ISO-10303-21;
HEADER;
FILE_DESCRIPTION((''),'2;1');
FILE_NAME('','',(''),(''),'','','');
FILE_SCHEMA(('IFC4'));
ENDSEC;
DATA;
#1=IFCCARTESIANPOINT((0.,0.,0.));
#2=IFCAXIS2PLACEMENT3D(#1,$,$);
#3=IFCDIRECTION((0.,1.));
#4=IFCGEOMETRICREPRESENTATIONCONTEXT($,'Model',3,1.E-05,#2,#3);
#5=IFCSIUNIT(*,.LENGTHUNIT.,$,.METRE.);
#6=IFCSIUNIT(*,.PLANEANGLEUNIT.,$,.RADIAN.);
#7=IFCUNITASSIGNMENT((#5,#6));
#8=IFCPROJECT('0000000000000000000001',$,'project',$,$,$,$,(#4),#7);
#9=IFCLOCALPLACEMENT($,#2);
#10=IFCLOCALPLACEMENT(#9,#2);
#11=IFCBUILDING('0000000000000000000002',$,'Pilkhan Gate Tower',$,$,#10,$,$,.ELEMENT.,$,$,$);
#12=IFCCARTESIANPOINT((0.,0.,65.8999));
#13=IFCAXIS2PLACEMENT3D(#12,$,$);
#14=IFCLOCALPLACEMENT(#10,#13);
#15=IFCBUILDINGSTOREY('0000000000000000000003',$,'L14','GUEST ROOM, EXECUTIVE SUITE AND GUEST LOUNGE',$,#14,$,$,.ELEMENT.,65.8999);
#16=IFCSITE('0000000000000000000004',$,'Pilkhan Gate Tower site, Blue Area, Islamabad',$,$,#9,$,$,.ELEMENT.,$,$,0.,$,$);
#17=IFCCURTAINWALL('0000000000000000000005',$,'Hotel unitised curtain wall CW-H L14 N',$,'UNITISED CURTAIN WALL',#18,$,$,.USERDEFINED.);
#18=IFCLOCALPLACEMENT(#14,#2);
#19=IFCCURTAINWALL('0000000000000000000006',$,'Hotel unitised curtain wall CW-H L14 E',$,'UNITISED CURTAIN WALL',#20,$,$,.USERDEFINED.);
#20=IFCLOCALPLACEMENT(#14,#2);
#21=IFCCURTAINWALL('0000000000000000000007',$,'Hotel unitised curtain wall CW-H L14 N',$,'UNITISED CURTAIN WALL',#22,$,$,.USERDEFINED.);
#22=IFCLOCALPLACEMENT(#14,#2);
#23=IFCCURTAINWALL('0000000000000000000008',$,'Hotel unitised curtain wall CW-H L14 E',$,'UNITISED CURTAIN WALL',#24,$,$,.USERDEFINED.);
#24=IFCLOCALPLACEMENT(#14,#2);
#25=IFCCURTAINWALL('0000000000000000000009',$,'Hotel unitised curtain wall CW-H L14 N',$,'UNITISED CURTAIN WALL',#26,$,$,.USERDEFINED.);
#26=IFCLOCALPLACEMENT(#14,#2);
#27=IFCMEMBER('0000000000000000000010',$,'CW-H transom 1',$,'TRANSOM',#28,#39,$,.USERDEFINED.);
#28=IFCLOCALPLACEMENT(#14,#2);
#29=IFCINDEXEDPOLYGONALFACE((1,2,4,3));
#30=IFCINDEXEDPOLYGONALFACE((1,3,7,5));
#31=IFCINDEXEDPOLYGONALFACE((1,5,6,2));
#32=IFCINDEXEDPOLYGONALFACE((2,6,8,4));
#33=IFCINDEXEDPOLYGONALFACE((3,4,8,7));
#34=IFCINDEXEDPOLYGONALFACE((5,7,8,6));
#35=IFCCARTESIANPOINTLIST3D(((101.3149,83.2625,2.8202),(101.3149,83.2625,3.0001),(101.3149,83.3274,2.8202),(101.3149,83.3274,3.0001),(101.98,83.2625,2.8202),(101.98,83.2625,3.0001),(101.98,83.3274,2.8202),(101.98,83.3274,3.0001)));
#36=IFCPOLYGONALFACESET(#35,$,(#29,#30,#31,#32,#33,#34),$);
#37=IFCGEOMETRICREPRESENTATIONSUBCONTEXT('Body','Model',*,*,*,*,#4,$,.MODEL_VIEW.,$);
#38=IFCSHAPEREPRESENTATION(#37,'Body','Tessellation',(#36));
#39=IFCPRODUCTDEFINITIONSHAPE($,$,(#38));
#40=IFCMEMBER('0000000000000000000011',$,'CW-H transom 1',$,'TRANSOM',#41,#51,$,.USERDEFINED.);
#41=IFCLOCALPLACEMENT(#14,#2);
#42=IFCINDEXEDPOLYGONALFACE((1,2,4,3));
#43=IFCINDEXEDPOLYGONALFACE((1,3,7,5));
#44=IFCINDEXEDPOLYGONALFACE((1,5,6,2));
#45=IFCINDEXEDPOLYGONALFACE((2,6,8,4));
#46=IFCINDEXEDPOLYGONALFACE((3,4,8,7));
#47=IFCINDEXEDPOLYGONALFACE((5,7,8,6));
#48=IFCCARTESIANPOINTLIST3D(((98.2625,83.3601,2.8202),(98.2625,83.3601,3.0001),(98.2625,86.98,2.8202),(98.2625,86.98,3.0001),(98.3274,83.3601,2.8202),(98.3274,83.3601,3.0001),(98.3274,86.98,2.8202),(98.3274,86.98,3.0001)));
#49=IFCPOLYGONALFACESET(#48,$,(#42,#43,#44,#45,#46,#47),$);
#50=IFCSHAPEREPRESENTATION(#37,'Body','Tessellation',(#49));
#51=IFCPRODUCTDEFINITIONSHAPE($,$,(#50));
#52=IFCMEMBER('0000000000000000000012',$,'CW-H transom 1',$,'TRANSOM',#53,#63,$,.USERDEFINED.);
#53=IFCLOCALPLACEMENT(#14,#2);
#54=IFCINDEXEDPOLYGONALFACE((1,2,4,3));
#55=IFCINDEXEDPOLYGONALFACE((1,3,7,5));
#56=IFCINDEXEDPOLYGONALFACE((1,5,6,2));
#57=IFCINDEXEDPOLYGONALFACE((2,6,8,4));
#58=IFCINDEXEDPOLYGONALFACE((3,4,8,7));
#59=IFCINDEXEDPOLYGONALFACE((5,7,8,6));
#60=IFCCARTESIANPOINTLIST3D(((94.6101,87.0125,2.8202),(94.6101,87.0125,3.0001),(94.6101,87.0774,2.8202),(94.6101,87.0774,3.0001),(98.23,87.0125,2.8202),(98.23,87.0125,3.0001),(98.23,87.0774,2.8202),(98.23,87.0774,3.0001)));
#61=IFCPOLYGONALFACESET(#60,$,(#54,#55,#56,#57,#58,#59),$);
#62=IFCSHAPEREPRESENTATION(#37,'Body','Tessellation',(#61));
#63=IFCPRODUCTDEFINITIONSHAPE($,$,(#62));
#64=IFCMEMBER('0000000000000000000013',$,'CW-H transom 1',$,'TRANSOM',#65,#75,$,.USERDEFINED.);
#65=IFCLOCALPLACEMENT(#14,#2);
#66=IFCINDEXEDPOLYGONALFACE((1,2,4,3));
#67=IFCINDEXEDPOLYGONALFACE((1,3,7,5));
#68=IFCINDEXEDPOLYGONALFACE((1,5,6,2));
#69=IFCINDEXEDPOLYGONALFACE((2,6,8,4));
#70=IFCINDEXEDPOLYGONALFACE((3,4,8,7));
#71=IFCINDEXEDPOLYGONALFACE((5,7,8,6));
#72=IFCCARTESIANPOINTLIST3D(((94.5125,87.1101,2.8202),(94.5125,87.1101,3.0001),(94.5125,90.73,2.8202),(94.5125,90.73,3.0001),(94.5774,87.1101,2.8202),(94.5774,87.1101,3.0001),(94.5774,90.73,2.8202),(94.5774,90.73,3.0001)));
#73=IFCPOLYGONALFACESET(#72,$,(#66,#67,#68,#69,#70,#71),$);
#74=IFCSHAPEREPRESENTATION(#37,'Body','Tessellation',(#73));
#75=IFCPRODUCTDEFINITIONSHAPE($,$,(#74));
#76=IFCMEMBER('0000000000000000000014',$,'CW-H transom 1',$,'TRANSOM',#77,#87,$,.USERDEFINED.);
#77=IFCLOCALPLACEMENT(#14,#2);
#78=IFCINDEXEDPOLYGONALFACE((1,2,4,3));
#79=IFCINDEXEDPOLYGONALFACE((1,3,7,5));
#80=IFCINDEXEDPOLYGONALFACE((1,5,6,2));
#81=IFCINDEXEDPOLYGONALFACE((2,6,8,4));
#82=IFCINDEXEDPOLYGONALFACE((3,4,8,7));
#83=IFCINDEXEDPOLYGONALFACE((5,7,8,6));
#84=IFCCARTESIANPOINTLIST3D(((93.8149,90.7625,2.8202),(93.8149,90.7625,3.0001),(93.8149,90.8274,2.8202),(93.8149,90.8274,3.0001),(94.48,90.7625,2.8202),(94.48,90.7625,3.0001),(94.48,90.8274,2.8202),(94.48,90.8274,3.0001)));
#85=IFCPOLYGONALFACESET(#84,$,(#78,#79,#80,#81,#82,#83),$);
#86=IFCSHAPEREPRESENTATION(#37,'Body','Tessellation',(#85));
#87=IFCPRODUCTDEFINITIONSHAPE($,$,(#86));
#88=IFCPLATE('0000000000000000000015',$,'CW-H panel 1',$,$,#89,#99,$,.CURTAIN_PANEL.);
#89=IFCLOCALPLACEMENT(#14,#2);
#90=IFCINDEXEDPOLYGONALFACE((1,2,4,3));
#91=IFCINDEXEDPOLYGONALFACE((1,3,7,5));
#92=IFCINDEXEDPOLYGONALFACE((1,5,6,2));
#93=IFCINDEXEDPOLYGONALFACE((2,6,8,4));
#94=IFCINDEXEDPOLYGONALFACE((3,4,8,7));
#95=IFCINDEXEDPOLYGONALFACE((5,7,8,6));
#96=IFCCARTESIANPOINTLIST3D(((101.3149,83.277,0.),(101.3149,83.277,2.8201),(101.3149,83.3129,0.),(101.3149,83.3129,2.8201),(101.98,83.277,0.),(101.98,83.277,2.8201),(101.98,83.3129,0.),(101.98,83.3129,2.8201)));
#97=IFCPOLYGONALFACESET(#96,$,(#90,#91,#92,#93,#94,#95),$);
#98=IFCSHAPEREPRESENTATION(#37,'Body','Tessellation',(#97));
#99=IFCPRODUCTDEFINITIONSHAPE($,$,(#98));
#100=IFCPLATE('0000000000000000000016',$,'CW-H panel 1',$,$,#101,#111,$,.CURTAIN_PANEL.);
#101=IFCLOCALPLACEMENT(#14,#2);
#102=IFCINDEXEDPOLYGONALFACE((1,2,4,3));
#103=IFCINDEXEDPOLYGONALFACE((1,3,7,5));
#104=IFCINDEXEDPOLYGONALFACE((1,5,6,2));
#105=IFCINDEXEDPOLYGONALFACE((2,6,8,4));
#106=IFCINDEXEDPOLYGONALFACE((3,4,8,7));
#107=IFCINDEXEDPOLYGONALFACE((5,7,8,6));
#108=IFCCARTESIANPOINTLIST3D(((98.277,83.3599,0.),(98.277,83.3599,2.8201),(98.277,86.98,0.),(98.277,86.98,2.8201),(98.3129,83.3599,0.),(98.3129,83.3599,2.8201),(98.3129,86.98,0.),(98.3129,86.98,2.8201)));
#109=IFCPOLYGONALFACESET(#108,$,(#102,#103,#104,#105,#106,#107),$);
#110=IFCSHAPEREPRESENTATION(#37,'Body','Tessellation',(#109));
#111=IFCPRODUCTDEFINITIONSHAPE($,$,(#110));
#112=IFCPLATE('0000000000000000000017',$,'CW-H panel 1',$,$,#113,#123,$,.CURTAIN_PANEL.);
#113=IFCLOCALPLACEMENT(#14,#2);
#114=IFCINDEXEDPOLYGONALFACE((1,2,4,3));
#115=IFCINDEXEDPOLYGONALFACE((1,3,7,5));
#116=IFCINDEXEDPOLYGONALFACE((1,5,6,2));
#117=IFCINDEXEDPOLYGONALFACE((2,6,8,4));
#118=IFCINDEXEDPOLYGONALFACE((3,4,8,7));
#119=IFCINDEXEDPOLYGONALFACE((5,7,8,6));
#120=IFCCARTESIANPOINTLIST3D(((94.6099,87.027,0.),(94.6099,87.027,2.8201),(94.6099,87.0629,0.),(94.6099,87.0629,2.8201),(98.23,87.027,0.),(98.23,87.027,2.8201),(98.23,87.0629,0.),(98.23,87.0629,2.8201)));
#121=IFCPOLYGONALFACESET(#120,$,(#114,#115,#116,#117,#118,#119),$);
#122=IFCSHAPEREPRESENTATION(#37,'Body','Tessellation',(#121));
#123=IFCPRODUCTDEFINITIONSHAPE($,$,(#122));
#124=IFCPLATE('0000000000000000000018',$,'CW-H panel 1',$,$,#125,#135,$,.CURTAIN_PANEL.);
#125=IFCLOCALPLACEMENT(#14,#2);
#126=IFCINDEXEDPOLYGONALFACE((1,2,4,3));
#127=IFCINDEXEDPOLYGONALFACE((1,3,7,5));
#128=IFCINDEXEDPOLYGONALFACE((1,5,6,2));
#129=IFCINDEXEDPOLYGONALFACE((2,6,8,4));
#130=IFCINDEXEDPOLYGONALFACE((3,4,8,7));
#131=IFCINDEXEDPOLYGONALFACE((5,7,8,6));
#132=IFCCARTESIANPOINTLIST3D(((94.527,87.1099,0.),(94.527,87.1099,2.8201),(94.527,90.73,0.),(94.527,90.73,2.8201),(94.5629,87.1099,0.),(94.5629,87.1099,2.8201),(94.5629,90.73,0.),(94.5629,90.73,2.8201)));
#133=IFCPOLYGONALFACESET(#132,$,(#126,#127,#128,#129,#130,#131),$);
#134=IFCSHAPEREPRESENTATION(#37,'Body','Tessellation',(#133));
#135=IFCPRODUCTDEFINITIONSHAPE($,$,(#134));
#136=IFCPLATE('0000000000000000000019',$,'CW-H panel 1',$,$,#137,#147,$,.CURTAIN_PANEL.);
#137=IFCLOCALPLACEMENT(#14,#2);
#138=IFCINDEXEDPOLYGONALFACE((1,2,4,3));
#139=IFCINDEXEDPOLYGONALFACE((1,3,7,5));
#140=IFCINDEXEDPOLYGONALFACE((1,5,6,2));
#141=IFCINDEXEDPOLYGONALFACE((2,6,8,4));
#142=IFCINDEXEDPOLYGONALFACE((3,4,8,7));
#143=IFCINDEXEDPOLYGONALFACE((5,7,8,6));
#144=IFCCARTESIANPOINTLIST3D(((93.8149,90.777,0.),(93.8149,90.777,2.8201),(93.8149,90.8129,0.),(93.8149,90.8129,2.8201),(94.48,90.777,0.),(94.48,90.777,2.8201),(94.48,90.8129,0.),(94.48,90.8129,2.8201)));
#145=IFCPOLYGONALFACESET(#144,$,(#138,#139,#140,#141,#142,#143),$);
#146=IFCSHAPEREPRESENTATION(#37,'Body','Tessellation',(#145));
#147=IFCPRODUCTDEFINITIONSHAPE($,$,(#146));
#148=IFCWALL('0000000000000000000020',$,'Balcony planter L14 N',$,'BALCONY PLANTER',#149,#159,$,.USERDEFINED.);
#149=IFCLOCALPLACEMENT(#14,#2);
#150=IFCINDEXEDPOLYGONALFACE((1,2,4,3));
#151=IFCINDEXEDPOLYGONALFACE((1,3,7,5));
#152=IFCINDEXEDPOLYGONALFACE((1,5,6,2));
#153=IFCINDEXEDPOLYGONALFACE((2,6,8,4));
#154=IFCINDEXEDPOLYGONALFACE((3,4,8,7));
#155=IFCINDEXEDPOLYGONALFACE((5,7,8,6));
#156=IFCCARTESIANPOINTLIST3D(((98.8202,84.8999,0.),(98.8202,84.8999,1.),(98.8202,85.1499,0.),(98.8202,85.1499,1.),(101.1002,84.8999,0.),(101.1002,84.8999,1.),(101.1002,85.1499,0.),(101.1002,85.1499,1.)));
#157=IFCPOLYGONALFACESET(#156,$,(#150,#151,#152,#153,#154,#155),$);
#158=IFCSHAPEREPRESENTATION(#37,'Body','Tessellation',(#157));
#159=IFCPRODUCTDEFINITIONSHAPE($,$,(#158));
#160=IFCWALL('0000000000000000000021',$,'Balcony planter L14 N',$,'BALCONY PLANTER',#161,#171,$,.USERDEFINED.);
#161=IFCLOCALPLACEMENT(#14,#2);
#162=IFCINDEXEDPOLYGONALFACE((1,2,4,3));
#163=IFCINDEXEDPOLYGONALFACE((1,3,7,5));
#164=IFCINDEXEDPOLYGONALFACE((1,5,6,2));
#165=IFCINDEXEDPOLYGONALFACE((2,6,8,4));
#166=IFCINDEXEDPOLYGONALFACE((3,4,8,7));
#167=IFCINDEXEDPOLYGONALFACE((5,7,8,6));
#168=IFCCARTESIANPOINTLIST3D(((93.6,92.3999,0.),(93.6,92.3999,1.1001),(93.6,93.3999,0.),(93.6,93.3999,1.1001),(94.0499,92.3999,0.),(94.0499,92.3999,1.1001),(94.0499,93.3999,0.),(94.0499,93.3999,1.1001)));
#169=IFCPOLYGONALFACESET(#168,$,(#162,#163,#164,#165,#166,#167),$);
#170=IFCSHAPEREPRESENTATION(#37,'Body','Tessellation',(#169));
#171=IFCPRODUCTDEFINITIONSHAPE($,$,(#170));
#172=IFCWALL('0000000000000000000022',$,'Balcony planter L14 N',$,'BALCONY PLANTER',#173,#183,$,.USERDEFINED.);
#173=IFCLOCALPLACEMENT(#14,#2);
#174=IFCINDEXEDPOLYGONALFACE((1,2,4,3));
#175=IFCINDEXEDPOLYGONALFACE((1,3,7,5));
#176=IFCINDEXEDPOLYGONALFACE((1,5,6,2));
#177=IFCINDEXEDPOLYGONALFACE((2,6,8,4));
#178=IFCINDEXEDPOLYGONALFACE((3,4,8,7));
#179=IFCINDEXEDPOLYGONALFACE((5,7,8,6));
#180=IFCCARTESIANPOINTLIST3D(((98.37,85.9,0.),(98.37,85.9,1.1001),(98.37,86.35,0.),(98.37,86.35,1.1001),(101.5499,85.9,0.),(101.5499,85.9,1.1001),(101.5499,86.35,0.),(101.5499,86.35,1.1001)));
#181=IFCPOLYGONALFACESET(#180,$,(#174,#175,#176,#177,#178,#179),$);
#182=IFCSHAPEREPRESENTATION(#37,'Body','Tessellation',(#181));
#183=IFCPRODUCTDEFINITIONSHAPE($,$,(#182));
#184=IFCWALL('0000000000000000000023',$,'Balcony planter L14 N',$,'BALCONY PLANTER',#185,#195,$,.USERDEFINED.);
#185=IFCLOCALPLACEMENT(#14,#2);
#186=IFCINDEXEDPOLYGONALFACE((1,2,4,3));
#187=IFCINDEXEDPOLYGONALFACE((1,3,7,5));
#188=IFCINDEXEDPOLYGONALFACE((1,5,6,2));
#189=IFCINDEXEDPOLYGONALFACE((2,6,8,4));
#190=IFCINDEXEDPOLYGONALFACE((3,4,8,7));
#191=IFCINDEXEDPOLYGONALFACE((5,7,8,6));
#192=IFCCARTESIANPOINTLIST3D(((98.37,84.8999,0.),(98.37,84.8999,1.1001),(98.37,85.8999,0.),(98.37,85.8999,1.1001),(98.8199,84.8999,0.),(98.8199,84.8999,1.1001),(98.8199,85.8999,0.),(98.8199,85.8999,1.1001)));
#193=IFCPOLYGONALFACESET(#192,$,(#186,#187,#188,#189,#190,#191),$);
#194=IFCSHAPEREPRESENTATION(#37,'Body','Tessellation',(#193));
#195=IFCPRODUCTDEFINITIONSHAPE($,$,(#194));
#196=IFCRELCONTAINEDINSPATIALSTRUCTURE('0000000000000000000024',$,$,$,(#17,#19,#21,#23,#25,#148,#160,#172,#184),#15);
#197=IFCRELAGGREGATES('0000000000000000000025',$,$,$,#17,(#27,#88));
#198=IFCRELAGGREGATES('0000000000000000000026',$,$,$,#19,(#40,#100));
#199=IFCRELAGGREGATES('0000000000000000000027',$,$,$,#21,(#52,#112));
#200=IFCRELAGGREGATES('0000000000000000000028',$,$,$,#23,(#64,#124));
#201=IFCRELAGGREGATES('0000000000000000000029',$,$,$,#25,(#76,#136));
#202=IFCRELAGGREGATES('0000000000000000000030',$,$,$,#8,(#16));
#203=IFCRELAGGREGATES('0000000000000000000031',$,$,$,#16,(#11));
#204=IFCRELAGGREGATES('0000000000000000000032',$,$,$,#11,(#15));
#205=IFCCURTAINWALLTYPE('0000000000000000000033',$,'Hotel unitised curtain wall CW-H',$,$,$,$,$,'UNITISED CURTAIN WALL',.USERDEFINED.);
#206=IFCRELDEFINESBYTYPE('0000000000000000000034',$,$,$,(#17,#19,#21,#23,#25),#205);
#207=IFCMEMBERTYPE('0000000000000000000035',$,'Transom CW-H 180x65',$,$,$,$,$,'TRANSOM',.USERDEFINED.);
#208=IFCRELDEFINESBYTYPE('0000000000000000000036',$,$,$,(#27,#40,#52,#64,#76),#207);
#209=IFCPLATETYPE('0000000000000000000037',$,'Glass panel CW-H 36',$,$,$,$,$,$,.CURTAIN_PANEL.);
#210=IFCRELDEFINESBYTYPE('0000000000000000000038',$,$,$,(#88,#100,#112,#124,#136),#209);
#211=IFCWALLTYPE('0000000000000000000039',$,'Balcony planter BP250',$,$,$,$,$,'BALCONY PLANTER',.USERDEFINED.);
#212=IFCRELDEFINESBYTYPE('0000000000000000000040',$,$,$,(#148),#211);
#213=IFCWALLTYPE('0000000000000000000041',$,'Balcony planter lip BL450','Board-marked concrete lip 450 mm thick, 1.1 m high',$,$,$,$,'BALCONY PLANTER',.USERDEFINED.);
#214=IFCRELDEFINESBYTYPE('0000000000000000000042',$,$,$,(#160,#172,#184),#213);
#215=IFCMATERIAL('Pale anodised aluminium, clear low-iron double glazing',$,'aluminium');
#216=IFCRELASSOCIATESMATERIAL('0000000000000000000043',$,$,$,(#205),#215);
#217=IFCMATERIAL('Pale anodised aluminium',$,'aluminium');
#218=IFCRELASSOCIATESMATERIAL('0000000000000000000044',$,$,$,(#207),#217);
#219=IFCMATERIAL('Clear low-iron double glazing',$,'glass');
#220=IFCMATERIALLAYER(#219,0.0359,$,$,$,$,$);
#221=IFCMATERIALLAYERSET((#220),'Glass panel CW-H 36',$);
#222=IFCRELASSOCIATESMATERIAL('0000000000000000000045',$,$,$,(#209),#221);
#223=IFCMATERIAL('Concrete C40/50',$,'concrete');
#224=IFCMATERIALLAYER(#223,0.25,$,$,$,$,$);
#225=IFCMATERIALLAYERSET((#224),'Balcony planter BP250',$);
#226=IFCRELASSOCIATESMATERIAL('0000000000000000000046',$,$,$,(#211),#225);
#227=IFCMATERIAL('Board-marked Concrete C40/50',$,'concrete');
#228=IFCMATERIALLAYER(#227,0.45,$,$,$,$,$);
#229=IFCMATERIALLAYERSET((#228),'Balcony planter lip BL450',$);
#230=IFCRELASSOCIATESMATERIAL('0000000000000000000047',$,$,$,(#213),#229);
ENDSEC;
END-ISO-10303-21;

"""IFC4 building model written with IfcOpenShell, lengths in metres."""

from ifc_helpers import new_model, si_unit, direction, frame, frame_2d, origin, origin_2d, place, context, subcontext, project, spatial, rectangle, extrude, material, layer, layer_set, material_profile, profile_set, type_object, element, aggregate, save


model = new_model("IFC4")

# Units and contexts
model_context = context("Model", 3, precision=1e-05, world=origin(), true_north=direction((0.0, 1.0)))
body_context = subcontext(model_context, "Body", "Model", "MODEL_VIEW")
ifc_project = project(units=[si_unit("LENGTHUNIT", "METRE"), si_unit("PLANEANGLEUNIT", "RADIAN")], contexts=[model_context])

# Site, building, storey
site_placement = place(None, origin())
site = spatial("IfcSite", under=ifc_project, at=site_placement, Name="Pilkhan Gate Tower site, Blue Area, Islamabad", CompositionType="ELEMENT", RefElevation=0.0)
building_placement = place(site_placement, origin())
building = spatial("IfcBuilding", under=site, at=building_placement, Name="Pilkhan Gate Tower", CompositionType="ELEMENT")
storey_placement = place(building_placement, frame((0.0, 0.0, 65.8999)))
storey = spatial("IfcBuildingStorey", under=building, at=storey_placement, Name="L14", Description="GUEST ROOM, EXECUTIVE SUITE AND GUEST LOUNGE", CompositionType="ELEMENT", Elevation=65.8999)

# Curtain wall
ifc_material_1 = material(Name="Pale anodised aluminium, clear low-iron double glazing", Category="aluminium")
curtain_wall_type = type_object("IfcCurtainWallType", Name="Hotel unitised curtain wall CW-H", ElementType="UNITISED CURTAIN WALL", PredefinedType="USERDEFINED", material=ifc_material_1)
curtain_wall_1_placement = place(storey_placement, origin())
curtain_wall_1 = element("IfcCurtainWall", 1, at=curtain_wall_1_placement, inside=storey, type_object=curtain_wall_type, Name="Hotel unitised curtain wall CW-H L14 N", ObjectType="UNITISED CURTAIN WALL", PredefinedType="USERDEFINED")
ifc_material_2 = material(Name="Pale anodised aluminium", Category="aluminium")

# Curtain walls
curtain_wall_2_placement = place(storey_placement, origin())
curtain_wall_2 = element("IfcCurtainWall", 2, at=curtain_wall_2_placement, inside=storey, type_object=curtain_wall_type, Name="Hotel unitised curtain wall CW-H L14 E", ObjectType="UNITISED CURTAIN WALL", PredefinedType="USERDEFINED")
curtain_wall_3_placement = place(storey_placement, origin())
curtain_wall_3 = element("IfcCurtainWall", 3, at=curtain_wall_3_placement, inside=storey, type_object=curtain_wall_type, Name="Hotel unitised curtain wall CW-H L14 N", ObjectType="UNITISED CURTAIN WALL", PredefinedType="USERDEFINED")
curtain_wall_4_placement = place(storey_placement, origin())
curtain_wall_4 = element("IfcCurtainWall", 4, at=curtain_wall_4_placement, inside=storey, type_object=curtain_wall_type, Name="Hotel unitised curtain wall CW-H L14 E", ObjectType="UNITISED CURTAIN WALL", PredefinedType="USERDEFINED")
curtain_wall_5_placement = place(storey_placement, origin())
curtain_wall_5 = element("IfcCurtainWall", 5, at=curtain_wall_5_placement, inside=storey, type_object=curtain_wall_type, Name="Hotel unitised curtain wall CW-H L14 N", ObjectType="UNITISED CURTAIN WALL", PredefinedType="USERDEFINED")

# Members
ifc_material_profile_1 = material_profile(ifc_material_2, rectangle(XDim=0.0649, YDim=0.1799, at=origin_2d()), Name="Transom 180x65")
ifc_profile_set_1 = profile_set([ifc_material_profile_1], Name="Pale anodised aluminium")
member_type_1 = type_object("IfcMemberType", Name="Transom CW-H 180x65", ElementType="TRANSOM", PredefinedType="USERDEFINED", material=ifc_profile_set_1)
member_1_placement = place(storey_placement, frame((101.3149, 83.2949, 2.9102), z_axis=(1.0, 0.0, 0.0), x_axis=(0.0, 1.0, 0.0)))
member_1 = element("IfcMember", 6, at=member_1_placement, type_object=member_type_1, Name="CW-H transom 1", ObjectType="TRANSOM", PredefinedType="USERDEFINED", context=body_context, shape_type="SweptSolid", body=[
    extrude(rectangle(XDim=0.0649, YDim=0.1799, at=origin_2d()), origin(), (0.0, 0.0, 1.0), 0.665),
])
member_2_placement = place(storey_placement, frame((98.2949, 83.3601, 2.9102), z_axis=(0.0, 1.0, 0.0), x_axis=(-1.0, 0.0, 0.0)))
member_2 = element("IfcMember", 7, at=member_2_placement, type_object=member_type_1, Name="CW-H transom 1", ObjectType="TRANSOM", PredefinedType="USERDEFINED", context=body_context, shape_type="SweptSolid", body=[
    extrude(rectangle(XDim=0.0649, YDim=0.1799, at=origin_2d()), origin(), (0.0, 0.0, 1.0), 3.6199),
])
member_3_placement = place(storey_placement, frame((94.6101, 87.0449, 2.9102), z_axis=(1.0, 0.0, 0.0), x_axis=(0.0, 1.0, 0.0)))
member_3 = element("IfcMember", 8, at=member_3_placement, type_object=member_type_1, Name="CW-H transom 1", ObjectType="TRANSOM", PredefinedType="USERDEFINED", context=body_context, shape_type="SweptSolid", body=[
    extrude(rectangle(XDim=0.0649, YDim=0.1799, at=origin_2d()), origin(), (0.0, 0.0, 1.0), 3.6199),
])
member_4_placement = place(storey_placement, frame((94.5449, 87.1101, 2.9102), z_axis=(0.0, 1.0, 0.0), x_axis=(-1.0, 0.0, 0.0)))
member_4 = element("IfcMember", 9, at=member_4_placement, type_object=member_type_1, Name="CW-H transom 1", ObjectType="TRANSOM", PredefinedType="USERDEFINED", context=body_context, shape_type="SweptSolid", body=[
    extrude(rectangle(XDim=0.0649, YDim=0.1799, at=origin_2d()), origin(), (0.0, 0.0, 1.0), 3.6199),
])
member_5_placement = place(storey_placement, frame((93.8149, 90.7949, 2.9102), z_axis=(1.0, 0.0, 0.0), x_axis=(0.0, 1.0, 0.0)))
member_5 = element("IfcMember", 10, at=member_5_placement, type_object=member_type_1, Name="CW-H transom 1", ObjectType="TRANSOM", PredefinedType="USERDEFINED", context=body_context, shape_type="SweptSolid", body=[
    extrude(rectangle(XDim=0.0649, YDim=0.1799, at=origin_2d()), origin(), (0.0, 0.0, 1.0), 0.665),
])

# Plates
ifc_material_3 = material(Name="Clear low-iron double glazing", Category="glass")
ifc_layer_1 = layer(ifc_material_3, 0.0359)
ifc_layer_set_1 = layer_set([ifc_layer_1], Name="Glass panel CW-H 36")
plate_type = type_object("IfcPlateType", Name="Glass panel CW-H 36", PredefinedType="CURTAIN_PANEL", material=ifc_layer_set_1)
plate_1_placement = place(storey_placement, frame((101.6475, 83.2949, 0.0), z_axis=(0.0, 0.0, 1.0), x_axis=(1.0, 0.0, 0.0)))
plate_1 = element("IfcPlate", 11, at=plate_1_placement, type_object=plate_type, Name="CW-H panel 1", PredefinedType="CURTAIN_PANEL", context=body_context, shape_type="SweptSolid", body=[
    extrude(rectangle(XDim=0.665, YDim=0.0359, at=origin_2d()), origin(), (0.0, 0.0, 1.0), 2.8201),
])
aggregate(curtain_wall_1, [member_1, plate_1])
plate_2_placement = place(storey_placement, frame((98.2949, 85.1699, 0.0), z_axis=(0.0, 0.0, 1.0), x_axis=(0.0, 1.0, 0.0)))
plate_2 = element("IfcPlate", 12, at=plate_2_placement, type_object=plate_type, Name="CW-H panel 1", PredefinedType="CURTAIN_PANEL", context=body_context, shape_type="SweptSolid", body=[
    extrude(rectangle(XDim=3.6201, YDim=0.0359, at=origin_2d()), origin(), (0.0, 0.0, 1.0), 2.8201),
])
aggregate(curtain_wall_2, [member_2, plate_2])
plate_3_placement = place(storey_placement, frame((96.4199, 87.0449, 0.0), z_axis=(0.0, 0.0, 1.0), x_axis=(1.0, 0.0, 0.0)))
plate_3 = element("IfcPlate", 13, at=plate_3_placement, type_object=plate_type, Name="CW-H panel 1", PredefinedType="CURTAIN_PANEL", context=body_context, shape_type="SweptSolid", body=[
    extrude(rectangle(XDim=3.6201, YDim=0.0359, at=origin_2d()), origin(), (0.0, 0.0, 1.0), 2.8201),
])
aggregate(curtain_wall_3, [member_3, plate_3])
plate_4_placement = place(storey_placement, frame((94.5449, 88.9199, 0.0), z_axis=(0.0, 0.0, 1.0), x_axis=(0.0, 1.0, 0.0)))
plate_4 = element("IfcPlate", 14, at=plate_4_placement, type_object=plate_type, Name="CW-H panel 1", PredefinedType="CURTAIN_PANEL", context=body_context, shape_type="SweptSolid", body=[
    extrude(rectangle(XDim=3.6201, YDim=0.0359, at=origin_2d()), origin(), (0.0, 0.0, 1.0), 2.8201),
])
aggregate(curtain_wall_4, [member_4, plate_4])
plate_5_placement = place(storey_placement, frame((94.1475, 90.7949, 0.0), z_axis=(0.0, 0.0, 1.0), x_axis=(1.0, 0.0, 0.0)))
plate_5 = element("IfcPlate", 15, at=plate_5_placement, type_object=plate_type, Name="CW-H panel 1", PredefinedType="CURTAIN_PANEL", context=body_context, shape_type="SweptSolid", body=[
    extrude(rectangle(XDim=0.665, YDim=0.0359, at=origin_2d()), origin(), (0.0, 0.0, 1.0), 2.8201),
])
aggregate(curtain_wall_5, [member_5, plate_5])

# Walls
ifc_material_4 = material(Name="Concrete C40/50", Category="concrete")
ifc_layer_2 = layer(ifc_material_4, 0.25)
ifc_layer_set_2 = layer_set([ifc_layer_2], Name="Balcony planter BP250")
wall_type_1 = type_object("IfcWallType", Name="Balcony planter BP250", ElementType="BALCONY PLANTER", PredefinedType="USERDEFINED", material=ifc_layer_set_2)
wall_1_placement = place(storey_placement, frame((98.8201, 85.0249, 0.0), z_axis=(0.0, 0.0, 1.0), x_axis=(1.0, 0.0, 0.0)))
element("IfcWall", 16, at=wall_1_placement, inside=storey, type_object=wall_type_1, Name="Balcony planter L14 N", ObjectType="BALCONY PLANTER", PredefinedType="USERDEFINED", context=body_context, shape_type="SweptSolid", body=[
    extrude(rectangle(XDim=2.28, YDim=0.25, at=frame_2d((1.1401, 0.0))), origin(), (0.0, 0.0, 1.0), 1.0),
])
ifc_material_5 = material(Name="Board-marked Concrete C40/50", Category="concrete")
ifc_layer_3 = layer(ifc_material_5, 0.45)
ifc_layer_set_3 = layer_set([ifc_layer_3], Name="Balcony planter lip BL450")
wall_type_2 = type_object("IfcWallType", Name="Balcony planter lip BL450", Description="Board-marked concrete lip 450 mm thick, 1.1 m high", ElementType="BALCONY PLANTER", PredefinedType="USERDEFINED", material=ifc_layer_set_3)
wall_2_placement = place(storey_placement, frame((93.825, 92.3999, 0.0), z_axis=(0.0, 0.0, 1.0), x_axis=(0.0, 1.0, 0.0)))
element("IfcWall", 17, at=wall_2_placement, inside=storey, type_object=wall_type_2, Name="Balcony planter L14 N", ObjectType="BALCONY PLANTER", PredefinedType="USERDEFINED", context=body_context, shape_type="SweptSolid", body=[
    extrude(rectangle(XDim=1.0, YDim=0.45, at=frame_2d((0.5, 0.0))), origin(), (0.0, 0.0, 1.0), 1.1001),
])
wall_3_placement = place(storey_placement, frame((98.3701, 86.125, 0.0), z_axis=(0.0, 0.0, 1.0), x_axis=(1.0, 0.0, 0.0)))
element("IfcWall", 18, at=wall_3_placement, inside=storey, type_object=wall_type_2, Name="Balcony planter L14 N", ObjectType="BALCONY PLANTER", PredefinedType="USERDEFINED", context=body_context, shape_type="SweptSolid", body=[
    extrude(rectangle(XDim=3.1799, YDim=0.45, at=frame_2d((1.5898, 0.0))), origin(), (0.0, 0.0, 1.0), 1.1001),
])
for number, where, z_axis, x_axis, name in (
    (19, (98.595, 84.8999, 0.0), (0.0, 0.0, 1.0), (0.0, 1.0, 0.0), "Balcony planter L14 N"),
):
    element("IfcWall", number, at=place(storey_placement, frame(where, z_axis=z_axis, x_axis=x_axis)), inside=storey, type_object=wall_type_2, Name=name, ObjectType="BALCONY PLANTER", PredefinedType="USERDEFINED", context=body_context, shape_type="SweptSolid", body=[
        extrude(rectangle(XDim=1.0, YDim=0.45, at=frame_2d((0.5, 0.0))), origin(), (0.0, 0.0, 1.0), 1.1001),
    ])

save(model, "model.ifc")
